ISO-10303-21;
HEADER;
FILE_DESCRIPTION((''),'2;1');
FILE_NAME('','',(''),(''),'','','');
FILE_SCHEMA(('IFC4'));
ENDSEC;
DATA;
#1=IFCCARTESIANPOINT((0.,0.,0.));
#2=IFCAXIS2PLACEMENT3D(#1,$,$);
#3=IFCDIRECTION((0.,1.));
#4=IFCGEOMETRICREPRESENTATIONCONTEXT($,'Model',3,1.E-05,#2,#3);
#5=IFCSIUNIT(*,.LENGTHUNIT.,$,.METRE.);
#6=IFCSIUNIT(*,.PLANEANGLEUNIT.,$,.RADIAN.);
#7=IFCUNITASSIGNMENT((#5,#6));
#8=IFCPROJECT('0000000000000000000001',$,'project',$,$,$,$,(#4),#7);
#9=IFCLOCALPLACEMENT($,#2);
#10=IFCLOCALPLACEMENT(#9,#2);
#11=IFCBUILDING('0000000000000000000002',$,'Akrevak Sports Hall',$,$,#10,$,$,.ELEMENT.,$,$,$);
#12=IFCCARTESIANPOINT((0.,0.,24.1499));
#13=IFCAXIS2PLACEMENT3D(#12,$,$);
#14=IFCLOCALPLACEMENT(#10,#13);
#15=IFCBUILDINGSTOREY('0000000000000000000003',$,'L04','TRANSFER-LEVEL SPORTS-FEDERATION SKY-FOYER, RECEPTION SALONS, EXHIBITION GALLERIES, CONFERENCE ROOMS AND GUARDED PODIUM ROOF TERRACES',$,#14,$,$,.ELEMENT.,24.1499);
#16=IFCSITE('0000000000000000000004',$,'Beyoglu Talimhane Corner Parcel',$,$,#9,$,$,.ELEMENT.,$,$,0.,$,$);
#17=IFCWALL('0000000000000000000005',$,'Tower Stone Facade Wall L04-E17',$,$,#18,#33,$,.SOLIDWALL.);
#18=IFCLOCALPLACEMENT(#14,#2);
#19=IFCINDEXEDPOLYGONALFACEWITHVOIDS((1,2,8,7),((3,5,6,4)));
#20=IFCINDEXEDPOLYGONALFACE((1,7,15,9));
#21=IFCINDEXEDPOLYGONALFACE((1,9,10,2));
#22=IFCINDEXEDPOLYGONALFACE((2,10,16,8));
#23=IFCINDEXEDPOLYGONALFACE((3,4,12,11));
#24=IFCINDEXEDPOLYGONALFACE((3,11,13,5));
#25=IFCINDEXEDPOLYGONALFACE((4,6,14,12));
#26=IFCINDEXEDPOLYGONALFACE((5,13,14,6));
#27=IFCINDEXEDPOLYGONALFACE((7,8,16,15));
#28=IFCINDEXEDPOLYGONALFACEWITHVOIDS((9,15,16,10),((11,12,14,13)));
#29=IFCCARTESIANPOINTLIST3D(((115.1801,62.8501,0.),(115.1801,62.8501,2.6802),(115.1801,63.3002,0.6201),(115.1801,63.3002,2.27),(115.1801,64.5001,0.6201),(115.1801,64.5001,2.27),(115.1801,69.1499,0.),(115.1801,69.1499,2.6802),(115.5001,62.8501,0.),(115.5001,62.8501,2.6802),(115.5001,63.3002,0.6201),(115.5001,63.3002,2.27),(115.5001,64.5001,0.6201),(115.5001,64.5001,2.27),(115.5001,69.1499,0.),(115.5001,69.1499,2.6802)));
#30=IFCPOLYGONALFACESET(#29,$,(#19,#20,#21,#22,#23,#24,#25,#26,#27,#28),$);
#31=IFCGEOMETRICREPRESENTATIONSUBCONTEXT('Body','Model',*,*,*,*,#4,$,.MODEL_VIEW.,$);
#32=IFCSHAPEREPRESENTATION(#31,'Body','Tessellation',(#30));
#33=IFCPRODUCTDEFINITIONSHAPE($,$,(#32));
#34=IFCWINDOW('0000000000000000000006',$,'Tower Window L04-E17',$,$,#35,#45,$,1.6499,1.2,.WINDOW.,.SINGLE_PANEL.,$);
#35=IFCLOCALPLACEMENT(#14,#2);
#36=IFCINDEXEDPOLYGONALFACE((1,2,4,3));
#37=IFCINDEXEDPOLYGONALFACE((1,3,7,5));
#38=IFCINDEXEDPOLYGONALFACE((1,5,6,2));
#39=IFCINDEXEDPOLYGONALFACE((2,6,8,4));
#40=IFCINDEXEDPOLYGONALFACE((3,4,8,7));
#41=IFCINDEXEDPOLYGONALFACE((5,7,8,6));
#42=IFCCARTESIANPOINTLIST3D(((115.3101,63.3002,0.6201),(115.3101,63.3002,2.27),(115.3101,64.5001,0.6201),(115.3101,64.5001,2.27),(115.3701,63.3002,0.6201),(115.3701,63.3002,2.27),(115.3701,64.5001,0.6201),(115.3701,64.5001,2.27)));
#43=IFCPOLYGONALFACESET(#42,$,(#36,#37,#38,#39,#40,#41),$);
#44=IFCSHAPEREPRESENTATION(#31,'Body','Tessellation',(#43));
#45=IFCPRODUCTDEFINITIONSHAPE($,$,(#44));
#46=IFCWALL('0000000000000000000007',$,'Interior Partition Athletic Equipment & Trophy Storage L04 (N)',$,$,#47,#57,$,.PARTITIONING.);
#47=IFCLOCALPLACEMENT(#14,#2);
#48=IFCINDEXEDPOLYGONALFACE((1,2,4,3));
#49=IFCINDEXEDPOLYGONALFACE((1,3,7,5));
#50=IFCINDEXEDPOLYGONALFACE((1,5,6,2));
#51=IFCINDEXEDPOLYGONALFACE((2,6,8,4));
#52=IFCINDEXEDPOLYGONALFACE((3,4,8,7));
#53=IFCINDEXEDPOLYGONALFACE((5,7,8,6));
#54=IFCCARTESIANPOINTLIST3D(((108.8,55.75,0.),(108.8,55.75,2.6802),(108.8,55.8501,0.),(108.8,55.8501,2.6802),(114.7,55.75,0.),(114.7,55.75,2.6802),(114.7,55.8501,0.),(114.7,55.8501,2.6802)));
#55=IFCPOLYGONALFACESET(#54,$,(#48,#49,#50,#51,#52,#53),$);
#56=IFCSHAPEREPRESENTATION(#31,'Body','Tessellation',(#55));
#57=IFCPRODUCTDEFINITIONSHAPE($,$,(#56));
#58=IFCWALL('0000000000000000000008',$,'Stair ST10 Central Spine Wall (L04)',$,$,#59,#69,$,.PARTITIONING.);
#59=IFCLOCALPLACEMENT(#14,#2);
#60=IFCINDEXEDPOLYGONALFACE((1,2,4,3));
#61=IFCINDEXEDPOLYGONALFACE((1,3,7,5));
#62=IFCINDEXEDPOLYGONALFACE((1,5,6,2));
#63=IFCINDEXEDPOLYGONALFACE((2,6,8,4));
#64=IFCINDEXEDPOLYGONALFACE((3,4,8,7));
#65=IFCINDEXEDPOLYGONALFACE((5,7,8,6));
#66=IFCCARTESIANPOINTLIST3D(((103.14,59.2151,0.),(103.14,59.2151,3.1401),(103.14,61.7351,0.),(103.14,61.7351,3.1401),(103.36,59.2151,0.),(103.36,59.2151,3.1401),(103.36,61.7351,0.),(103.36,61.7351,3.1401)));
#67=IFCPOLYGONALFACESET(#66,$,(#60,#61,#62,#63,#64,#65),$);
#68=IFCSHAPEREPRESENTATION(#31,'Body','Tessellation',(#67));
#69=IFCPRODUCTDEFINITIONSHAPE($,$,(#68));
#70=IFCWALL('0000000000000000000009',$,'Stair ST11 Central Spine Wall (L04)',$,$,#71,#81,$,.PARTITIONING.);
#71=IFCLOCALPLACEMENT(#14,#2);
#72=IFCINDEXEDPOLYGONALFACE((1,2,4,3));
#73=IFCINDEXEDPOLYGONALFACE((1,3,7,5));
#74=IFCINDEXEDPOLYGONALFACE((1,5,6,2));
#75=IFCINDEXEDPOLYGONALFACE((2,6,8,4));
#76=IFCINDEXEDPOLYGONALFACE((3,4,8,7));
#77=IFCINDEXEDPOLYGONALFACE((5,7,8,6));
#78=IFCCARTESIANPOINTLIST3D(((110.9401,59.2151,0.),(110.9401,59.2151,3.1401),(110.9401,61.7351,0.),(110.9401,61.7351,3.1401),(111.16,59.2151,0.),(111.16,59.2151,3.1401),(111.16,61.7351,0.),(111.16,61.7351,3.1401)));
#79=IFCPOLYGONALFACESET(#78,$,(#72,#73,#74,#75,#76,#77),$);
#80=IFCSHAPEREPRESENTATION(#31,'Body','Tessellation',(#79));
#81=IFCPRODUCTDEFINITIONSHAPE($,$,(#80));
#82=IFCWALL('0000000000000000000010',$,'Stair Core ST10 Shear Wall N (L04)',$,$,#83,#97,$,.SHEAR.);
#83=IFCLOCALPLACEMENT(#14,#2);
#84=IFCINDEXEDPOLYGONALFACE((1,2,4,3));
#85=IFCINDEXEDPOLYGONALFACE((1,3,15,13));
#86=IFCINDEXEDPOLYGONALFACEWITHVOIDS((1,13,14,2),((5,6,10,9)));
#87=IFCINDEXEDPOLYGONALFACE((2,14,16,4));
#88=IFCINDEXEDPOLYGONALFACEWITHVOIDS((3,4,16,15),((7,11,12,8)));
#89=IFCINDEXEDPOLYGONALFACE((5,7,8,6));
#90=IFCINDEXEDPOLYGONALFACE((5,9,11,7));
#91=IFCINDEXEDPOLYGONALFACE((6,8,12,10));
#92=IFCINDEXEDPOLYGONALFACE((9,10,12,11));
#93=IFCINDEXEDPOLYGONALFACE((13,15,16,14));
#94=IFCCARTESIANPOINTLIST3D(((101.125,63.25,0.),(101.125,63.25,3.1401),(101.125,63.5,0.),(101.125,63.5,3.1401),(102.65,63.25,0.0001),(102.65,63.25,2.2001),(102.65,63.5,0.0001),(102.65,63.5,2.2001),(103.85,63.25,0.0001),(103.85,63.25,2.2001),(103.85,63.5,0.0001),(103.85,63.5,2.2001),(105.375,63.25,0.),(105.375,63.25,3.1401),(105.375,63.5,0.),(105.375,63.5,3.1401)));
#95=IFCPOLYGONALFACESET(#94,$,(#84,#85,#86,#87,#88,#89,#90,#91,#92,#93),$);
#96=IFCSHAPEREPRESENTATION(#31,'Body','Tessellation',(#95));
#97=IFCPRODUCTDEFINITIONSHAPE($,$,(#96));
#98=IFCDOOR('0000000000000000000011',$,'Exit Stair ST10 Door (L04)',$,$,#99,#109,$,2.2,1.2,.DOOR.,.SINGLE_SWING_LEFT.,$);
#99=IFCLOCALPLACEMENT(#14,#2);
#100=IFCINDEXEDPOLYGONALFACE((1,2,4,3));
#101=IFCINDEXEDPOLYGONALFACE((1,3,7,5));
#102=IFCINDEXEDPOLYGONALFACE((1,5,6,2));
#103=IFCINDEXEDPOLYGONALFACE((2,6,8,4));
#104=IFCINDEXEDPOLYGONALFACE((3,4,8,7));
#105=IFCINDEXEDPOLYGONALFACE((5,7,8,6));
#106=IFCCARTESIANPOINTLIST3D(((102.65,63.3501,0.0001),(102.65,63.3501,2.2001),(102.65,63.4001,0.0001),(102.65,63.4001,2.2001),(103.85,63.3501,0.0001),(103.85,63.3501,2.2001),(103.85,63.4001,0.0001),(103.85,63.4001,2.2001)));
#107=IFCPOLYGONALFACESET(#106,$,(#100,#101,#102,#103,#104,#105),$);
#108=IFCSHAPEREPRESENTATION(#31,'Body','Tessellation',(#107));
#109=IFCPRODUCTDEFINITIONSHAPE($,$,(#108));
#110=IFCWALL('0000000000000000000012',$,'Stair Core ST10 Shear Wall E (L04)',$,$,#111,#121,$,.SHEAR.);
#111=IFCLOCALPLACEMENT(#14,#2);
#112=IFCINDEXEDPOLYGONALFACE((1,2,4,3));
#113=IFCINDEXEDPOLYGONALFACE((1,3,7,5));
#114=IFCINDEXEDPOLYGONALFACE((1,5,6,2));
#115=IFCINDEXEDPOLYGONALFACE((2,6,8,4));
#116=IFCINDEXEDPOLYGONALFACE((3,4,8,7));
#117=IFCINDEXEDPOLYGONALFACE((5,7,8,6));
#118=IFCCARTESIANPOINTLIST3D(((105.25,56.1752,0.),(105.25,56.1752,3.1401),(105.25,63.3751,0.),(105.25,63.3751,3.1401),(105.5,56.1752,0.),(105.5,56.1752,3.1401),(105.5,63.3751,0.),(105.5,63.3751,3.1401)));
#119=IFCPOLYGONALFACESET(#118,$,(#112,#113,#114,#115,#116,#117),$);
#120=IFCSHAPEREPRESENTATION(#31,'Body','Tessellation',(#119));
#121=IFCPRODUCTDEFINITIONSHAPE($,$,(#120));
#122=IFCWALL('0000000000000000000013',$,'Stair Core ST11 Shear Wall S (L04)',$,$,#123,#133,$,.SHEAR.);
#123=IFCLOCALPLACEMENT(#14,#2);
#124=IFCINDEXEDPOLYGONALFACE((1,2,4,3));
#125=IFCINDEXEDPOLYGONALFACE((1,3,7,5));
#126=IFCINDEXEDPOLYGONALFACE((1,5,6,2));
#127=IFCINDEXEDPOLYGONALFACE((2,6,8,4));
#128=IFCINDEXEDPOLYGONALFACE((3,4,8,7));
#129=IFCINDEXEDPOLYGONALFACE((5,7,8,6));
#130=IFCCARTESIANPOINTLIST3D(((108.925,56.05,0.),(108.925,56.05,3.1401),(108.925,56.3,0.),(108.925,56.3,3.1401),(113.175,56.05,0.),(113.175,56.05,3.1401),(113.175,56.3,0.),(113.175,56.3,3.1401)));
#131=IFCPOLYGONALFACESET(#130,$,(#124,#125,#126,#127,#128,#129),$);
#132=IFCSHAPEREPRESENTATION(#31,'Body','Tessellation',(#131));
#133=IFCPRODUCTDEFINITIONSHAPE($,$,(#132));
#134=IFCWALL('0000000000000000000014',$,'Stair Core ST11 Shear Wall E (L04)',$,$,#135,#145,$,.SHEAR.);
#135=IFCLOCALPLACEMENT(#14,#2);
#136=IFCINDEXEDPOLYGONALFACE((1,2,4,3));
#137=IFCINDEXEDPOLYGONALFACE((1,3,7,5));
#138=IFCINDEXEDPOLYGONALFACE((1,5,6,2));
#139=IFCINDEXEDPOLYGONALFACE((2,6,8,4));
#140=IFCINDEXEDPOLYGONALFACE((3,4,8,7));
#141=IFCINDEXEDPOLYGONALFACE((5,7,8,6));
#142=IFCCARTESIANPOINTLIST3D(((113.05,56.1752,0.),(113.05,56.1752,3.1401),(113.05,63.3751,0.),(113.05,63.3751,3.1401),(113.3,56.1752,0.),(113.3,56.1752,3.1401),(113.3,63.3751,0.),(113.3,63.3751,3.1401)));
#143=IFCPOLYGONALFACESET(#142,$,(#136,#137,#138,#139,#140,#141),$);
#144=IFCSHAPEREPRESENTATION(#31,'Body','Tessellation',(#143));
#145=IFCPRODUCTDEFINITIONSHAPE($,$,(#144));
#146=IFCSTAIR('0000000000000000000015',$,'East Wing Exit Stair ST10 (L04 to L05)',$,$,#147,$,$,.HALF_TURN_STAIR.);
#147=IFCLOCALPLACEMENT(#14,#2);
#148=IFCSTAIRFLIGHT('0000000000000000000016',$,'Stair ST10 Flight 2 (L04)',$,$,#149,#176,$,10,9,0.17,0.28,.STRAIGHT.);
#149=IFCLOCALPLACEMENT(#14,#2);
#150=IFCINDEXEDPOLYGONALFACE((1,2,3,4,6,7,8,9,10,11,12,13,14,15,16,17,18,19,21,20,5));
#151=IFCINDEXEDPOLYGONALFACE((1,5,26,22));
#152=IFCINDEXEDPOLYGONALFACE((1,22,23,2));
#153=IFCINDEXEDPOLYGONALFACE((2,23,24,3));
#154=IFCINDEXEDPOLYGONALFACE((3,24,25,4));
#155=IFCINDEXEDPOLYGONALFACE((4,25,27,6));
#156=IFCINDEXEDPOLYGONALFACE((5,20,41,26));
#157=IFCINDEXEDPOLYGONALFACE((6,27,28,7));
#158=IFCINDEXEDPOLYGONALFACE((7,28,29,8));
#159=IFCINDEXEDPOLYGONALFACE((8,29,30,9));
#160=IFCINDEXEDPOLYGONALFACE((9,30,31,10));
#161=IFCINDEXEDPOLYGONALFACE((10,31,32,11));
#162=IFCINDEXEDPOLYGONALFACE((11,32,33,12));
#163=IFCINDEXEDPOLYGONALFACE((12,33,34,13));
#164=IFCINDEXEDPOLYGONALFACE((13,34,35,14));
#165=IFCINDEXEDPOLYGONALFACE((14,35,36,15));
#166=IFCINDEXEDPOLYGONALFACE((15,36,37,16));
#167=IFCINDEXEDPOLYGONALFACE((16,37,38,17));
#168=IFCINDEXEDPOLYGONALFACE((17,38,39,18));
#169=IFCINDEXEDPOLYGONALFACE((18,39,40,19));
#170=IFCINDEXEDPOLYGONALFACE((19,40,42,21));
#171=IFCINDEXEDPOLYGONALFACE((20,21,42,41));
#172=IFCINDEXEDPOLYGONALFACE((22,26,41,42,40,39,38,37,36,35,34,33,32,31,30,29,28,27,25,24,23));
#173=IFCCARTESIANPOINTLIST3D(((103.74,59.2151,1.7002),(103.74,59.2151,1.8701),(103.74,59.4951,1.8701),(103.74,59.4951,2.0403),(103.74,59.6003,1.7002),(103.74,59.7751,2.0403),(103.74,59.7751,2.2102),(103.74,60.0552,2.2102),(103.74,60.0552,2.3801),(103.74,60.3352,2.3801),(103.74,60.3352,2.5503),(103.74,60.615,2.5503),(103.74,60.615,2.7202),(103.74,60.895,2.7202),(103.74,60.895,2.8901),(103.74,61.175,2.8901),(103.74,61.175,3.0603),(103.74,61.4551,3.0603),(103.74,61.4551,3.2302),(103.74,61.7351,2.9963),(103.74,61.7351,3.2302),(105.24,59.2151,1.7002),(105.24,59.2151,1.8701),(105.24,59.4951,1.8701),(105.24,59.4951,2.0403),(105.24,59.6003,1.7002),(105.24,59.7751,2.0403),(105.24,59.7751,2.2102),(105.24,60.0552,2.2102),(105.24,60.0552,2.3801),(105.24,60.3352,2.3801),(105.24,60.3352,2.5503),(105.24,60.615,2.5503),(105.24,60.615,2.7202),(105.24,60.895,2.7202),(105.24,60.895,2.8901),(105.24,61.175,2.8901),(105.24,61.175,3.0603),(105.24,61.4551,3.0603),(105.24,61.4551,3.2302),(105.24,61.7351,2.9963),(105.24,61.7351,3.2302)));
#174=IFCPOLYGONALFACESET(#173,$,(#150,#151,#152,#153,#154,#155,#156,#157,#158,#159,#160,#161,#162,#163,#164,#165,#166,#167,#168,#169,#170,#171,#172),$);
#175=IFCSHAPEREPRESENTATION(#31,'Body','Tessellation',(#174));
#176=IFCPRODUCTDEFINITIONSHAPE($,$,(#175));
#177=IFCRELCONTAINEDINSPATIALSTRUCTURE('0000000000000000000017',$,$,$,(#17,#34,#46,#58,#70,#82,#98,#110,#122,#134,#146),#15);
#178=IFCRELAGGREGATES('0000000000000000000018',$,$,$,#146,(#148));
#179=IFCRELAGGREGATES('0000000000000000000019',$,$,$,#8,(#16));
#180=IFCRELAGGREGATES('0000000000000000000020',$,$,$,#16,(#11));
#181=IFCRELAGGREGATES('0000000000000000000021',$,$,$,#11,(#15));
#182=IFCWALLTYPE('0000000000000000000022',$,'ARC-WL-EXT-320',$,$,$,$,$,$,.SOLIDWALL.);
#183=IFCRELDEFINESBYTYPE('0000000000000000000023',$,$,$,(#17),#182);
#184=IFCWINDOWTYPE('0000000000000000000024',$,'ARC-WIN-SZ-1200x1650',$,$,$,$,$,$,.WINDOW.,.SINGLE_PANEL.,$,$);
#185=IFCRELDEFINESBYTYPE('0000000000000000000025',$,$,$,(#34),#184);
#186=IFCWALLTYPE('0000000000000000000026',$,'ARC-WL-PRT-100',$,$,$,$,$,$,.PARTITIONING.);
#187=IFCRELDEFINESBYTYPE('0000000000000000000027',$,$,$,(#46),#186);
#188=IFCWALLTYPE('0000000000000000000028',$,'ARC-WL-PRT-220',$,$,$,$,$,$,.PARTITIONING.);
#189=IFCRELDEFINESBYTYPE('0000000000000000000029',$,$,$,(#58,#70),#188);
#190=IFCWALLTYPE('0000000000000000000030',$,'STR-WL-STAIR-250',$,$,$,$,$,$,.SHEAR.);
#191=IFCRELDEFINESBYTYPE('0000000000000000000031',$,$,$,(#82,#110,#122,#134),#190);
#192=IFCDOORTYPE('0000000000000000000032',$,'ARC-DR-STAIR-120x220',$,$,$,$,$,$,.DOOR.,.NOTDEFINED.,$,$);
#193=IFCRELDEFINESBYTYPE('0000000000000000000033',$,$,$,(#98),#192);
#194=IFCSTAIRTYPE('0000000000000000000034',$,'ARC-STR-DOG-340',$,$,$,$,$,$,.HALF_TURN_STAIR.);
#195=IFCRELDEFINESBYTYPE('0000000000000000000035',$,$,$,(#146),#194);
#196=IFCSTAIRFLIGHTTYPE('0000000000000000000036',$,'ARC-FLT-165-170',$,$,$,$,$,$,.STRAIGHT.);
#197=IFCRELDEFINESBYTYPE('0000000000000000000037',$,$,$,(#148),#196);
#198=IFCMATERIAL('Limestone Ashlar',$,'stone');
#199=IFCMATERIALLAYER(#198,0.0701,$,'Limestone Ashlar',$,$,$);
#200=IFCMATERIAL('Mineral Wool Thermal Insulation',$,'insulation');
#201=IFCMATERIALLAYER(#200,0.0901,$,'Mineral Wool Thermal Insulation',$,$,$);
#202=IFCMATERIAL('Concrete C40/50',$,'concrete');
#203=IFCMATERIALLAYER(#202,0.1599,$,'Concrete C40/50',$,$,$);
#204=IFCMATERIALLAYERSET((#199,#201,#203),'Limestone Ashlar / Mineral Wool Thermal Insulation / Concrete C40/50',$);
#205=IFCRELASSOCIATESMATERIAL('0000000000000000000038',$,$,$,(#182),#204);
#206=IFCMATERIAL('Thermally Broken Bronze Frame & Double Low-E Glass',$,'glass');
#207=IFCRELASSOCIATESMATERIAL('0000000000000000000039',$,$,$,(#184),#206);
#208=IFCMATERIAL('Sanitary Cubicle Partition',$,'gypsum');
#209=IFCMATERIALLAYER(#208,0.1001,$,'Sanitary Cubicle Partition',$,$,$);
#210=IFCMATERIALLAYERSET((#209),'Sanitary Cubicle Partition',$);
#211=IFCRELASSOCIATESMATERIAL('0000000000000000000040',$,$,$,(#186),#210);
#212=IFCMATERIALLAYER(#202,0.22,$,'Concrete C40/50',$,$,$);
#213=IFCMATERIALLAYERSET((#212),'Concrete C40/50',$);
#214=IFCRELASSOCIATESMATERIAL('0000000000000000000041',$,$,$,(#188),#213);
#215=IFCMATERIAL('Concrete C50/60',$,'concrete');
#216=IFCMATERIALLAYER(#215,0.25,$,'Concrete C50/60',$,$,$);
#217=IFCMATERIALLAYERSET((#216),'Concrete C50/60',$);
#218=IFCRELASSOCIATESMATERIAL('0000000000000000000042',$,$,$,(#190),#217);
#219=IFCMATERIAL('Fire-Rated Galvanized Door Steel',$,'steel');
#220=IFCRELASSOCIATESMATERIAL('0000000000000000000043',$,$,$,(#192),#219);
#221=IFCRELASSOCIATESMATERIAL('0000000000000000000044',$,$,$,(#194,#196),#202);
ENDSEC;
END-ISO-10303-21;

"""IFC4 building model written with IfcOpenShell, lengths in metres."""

from ifc_helpers import new_model, si_unit, direction, frame, frame_2d, origin, place, context, subcontext, project, spatial, polyline, rectangle, outline, extrude, material, layer, layer_set, type_object, element, fill, aggregate, save


model = new_model("IFC4")

# Units and contexts
model_context = context("Model", 3, precision=1e-05, world=origin(), true_north=direction((0.0, 1.0)))
body_context = subcontext(model_context, "Body", "Model", "MODEL_VIEW")
ifc_project = project(units=[si_unit("LENGTHUNIT", "METRE"), si_unit("PLANEANGLEUNIT", "RADIAN")], contexts=[model_context])

# Site, building, storey
site_placement = place(None, origin())
site = spatial("IfcSite", under=ifc_project, at=site_placement, Name="Beyoglu Talimhane Corner Parcel", CompositionType="ELEMENT", RefElevation=0.0)
building_placement = place(site_placement, origin())
building = spatial("IfcBuilding", under=site, at=building_placement, Name="Akrevak Sports Hall", CompositionType="ELEMENT")
storey_placement = place(building_placement, frame((0.0, 0.0, 24.1499)))
storey = spatial("IfcBuildingStorey", under=building, at=storey_placement, Name="L04", Description="TRANSFER-LEVEL SPORTS-FEDERATION SKY-FOYER, RECEPTION SALONS, EXHIBITION GALLERIES, CONFERENCE ROOMS AND GUARDED PODIUM ROOF TERRACES", CompositionType="ELEMENT", Elevation=24.1499)

# Shared definitions
ifc_material_1 = material(Name="Concrete C50/60", Category="concrete")
ifc_material_2 = material(Name="Concrete C40/50", Category="concrete")

# Wall, opening, window
ifc_material_3 = material(Name="Limestone Ashlar", Category="stone")
ifc_layer_1 = layer(ifc_material_3, 0.0701, Name="Limestone Ashlar")
ifc_material_4 = material(Name="Mineral Wool Thermal Insulation", Category="insulation")
ifc_layer_2 = layer(ifc_material_4, 0.0901, Name="Mineral Wool Thermal Insulation")
ifc_layer_3 = layer(ifc_material_2, 0.1599, Name="Concrete C40/50")
ifc_layer_set_1 = layer_set([ifc_layer_1, ifc_layer_2, ifc_layer_3], Name="Limestone Ashlar / Mineral Wool Thermal Insulation / Concrete C40/50")
wall_type_1 = type_object("IfcWallType", Name="ARC-WL-EXT-320", PredefinedType="SOLIDWALL", material=ifc_layer_set_1)
ifc_material_5 = material(Name="Thermally Broken Bronze Frame & Double Low-E Glass", Category="glass")
wall_1_placement = place(storey_placement, frame((115.3401, 62.8501, 0.0), z_axis=(0.0, 0.0, 1.0), x_axis=(0.0, 1.0, 0.0)))
wall_1 = element("IfcWall", 1, at=wall_1_placement, inside=storey, type_object=wall_type_1, Name="Tower Stone Facade Wall L04-E17", PredefinedType="SOLIDWALL", context=body_context, shape_type="SweptSolid", body=[
    extrude(rectangle(XDim=6.2998, YDim=0.3201, at=frame_2d((3.1499, 0.0))), origin(), (0.0, 0.0, 1.0), 2.6802),
])
opening_1_placement = place(wall_1_placement, frame((0.45, 0.0, 0.6201)))
opening_1 = element("IfcOpeningElement", 2, at=opening_1_placement, cuts=wall_1, PredefinedType="OPENING", context=body_context, shape_type="SweptSolid", body=[
    extrude(rectangle(XDim=1.2, YDim=1.6499, at=frame_2d((0.6001, 0.825))), frame((0.0, 0.1719, 0.0), z_axis=(0.0, -1.0, 0.0), x_axis=(1.0, 0.0, 0.0)), (0.0, 0.0, 1.0), 0.344),
])
window_type_1 = type_object("IfcWindowType", Name="ARC-WIN-SZ-1200x1650", PartitioningType="SINGLE_PANEL", PredefinedType="WINDOW", material=ifc_material_5)
window_1_placement = place(opening_1_placement, origin())
window_1 = element("IfcWindow", 3, at=window_1_placement, inside=storey, type_object=window_type_1, Name="Tower Window L04-E17", OverallHeight=1.6499, OverallWidth=1.2, PartitioningType="SINGLE_PANEL", PredefinedType="WINDOW", context=body_context, shape_type="SweptSolid", body=[
    extrude(rectangle(XDim=1.2, YDim=1.6499, at=frame_2d((0.6001, 0.825))), frame((0.0, 0.03, 0.0), z_axis=(0.0, -1.0, 0.0), x_axis=(1.0, 0.0, 0.0)), (0.0, 0.0, 1.0), 0.0601),
])
fill(opening_1, window_1)

# Walls
ifc_material_6 = material(Name="Sanitary Cubicle Partition", Category="gypsum")
ifc_layer_4 = layer(ifc_material_6, 0.1001, Name="Sanitary Cubicle Partition")
ifc_layer_set_2 = layer_set([ifc_layer_4], Name="Sanitary Cubicle Partition")
wall_type_2 = type_object("IfcWallType", Name="ARC-WL-PRT-100", PredefinedType="PARTITIONING", material=ifc_layer_set_2)
wall_2_placement = place(storey_placement, frame((108.8, 55.8, 0.0), z_axis=(0.0, 0.0, 1.0), x_axis=(1.0, 0.0, 0.0)))
element("IfcWall", 4, at=wall_2_placement, inside=storey, type_object=wall_type_2, Name="Interior Partition Athletic Equipment & Trophy Storage L04 (N)", PredefinedType="PARTITIONING", context=body_context, shape_type="SweptSolid", body=[
    extrude(rectangle(XDim=5.8999, YDim=0.1001, at=frame_2d((2.95, 0.0))), origin(), (0.0, 0.0, 1.0), 2.6802),
])
ifc_layer_5 = layer(ifc_material_2, 0.22, Name="Concrete C40/50")
ifc_layer_set_3 = layer_set([ifc_layer_5], Name="Concrete C40/50")
wall_type_3 = type_object("IfcWallType", Name="ARC-WL-PRT-220", PredefinedType="PARTITIONING", material=ifc_layer_set_3)
for number, where, z_axis, x_axis, name in (
    (5, (103.25, 59.2151, 0.0), (0.0, 0.0, 1.0), (0.0, 1.0, 0.0), "Stair ST10 Central Spine Wall (L04)"),
    (6, (111.05, 59.2151, 0.0), (0.0, 0.0, 1.0), (0.0, 1.0, 0.0), "Stair ST11 Central Spine Wall (L04)"),
):
    element("IfcWall", number, at=place(storey_placement, frame(where, z_axis=z_axis, x_axis=x_axis)), inside=storey, type_object=wall_type_3, Name=name, PredefinedType="PARTITIONING", context=body_context, shape_type="SweptSolid", body=[
        extrude(rectangle(XDim=2.52, YDim=0.22, at=frame_2d((1.26, 0.0))), origin(), (0.0, 0.0, 1.0), 3.1401),
    ])

# Wall, opening, door
ifc_layer_6 = layer(ifc_material_1, 0.25, Name="Concrete C50/60")
ifc_layer_set_4 = layer_set([ifc_layer_6], Name="Concrete C50/60")
wall_type_4 = type_object("IfcWallType", Name="STR-WL-STAIR-250", PredefinedType="SHEAR", material=ifc_layer_set_4)
wall_3_placement = place(storey_placement, frame((105.375, 63.375, 0.0), z_axis=(0.0, 0.0, 1.0), x_axis=(-1.0, 0.0, 0.0)))
wall_3 = element("IfcWall", 7, at=wall_3_placement, inside=storey, type_object=wall_type_4, Name="Stair Core ST10 Shear Wall N (L04)", PredefinedType="SHEAR", context=body_context, shape_type="SweptSolid", body=[
    extrude(rectangle(XDim=4.25, YDim=0.25, at=frame_2d((2.125, 0.0))), origin(), (0.0, 0.0, 1.0), 3.1401),
])
opening_2_placement = place(wall_3_placement, frame((1.5249, 0.0, 0.0)))
opening_2 = element("IfcOpeningElement", 8, at=opening_2_placement, cuts=wall_3, PredefinedType="OPENING", context=body_context, shape_type="SweptSolid", body=[
    extrude(rectangle(XDim=1.2, YDim=2.2, at=frame_2d((0.6001, 1.1001))), frame((0.0, 0.137, 0.0), z_axis=(0.0, -1.0, 0.0), x_axis=(1.0, 0.0, 0.0)), (0.0, 0.0, 1.0), 0.2739),
])
ifc_material_7 = material(Name="Fire-Rated Galvanized Door Steel", Category="steel")
door_type = type_object("IfcDoorType", Name="ARC-DR-STAIR-120x220", OperationType="NOTDEFINED", PredefinedType="DOOR", material=ifc_material_7)
door_placement = place(opening_2_placement, origin())
door = element("IfcDoor", 9, at=door_placement, inside=storey, type_object=door_type, Name="Exit Stair ST10 Door (L04)", OperationType="SINGLE_SWING_LEFT", OverallHeight=2.2, OverallWidth=1.2, PredefinedType="DOOR", context=body_context, shape_type="SweptSolid", body=[
    extrude(rectangle(XDim=1.2, YDim=2.2, at=frame_2d((0.6001, 1.1001))), frame((0.0, 0.0249, 0.0), z_axis=(0.0, -1.0, 0.0), x_axis=(1.0, 0.0, 0.0)), (0.0, 0.0, 1.0), 0.05),
])
fill(opening_2, door)

# Walls
wall_4_placement = place(storey_placement, frame((105.375, 56.175, 0.0), z_axis=(0.0, 0.0, 1.0), x_axis=(0.0, 1.0, 0.0)))
element("IfcWall", 10, at=wall_4_placement, inside=storey, type_object=wall_type_4, Name="Stair Core ST10 Shear Wall E (L04)", PredefinedType="SHEAR", context=body_context, shape_type="SweptSolid", body=[
    extrude(rectangle(XDim=7.2, YDim=0.25, at=frame_2d((3.6001, 0.0))), origin(), (0.0, 0.0, 1.0), 3.1401),
])
wall_5_placement = place(storey_placement, frame((108.925, 56.175, 0.0), z_axis=(0.0, 0.0, 1.0), x_axis=(1.0, 0.0, 0.0)))
element("IfcWall", 11, at=wall_5_placement, inside=storey, type_object=wall_type_4, Name="Stair Core ST11 Shear Wall S (L04)", PredefinedType="SHEAR", context=body_context, shape_type="SweptSolid", body=[
    extrude(rectangle(XDim=4.25, YDim=0.25, at=frame_2d((2.125, 0.0))), origin(), (0.0, 0.0, 1.0), 3.1401),
])
wall_6_placement = place(storey_placement, frame((113.175, 56.175, 0.0), z_axis=(0.0, 0.0, 1.0), x_axis=(0.0, 1.0, 0.0)))
element("IfcWall", 12, at=wall_6_placement, inside=storey, type_object=wall_type_4, Name="Stair Core ST11 Shear Wall E (L04)", PredefinedType="SHEAR", context=body_context, shape_type="SweptSolid", body=[
    extrude(rectangle(XDim=7.2, YDim=0.25, at=frame_2d((3.6001, 0.0))), origin(), (0.0, 0.0, 1.0), 3.1401),
])

# Stair, stair flight
stair_type = type_object("IfcStairType", Name="ARC-STR-DOG-340", PredefinedType="HALF_TURN_STAIR", material=ifc_material_2)
stair_1_placement = place(storey_placement, origin())
stair_1 = element("IfcStair", 13, at=stair_1_placement, inside=storey, type_object=stair_type, Name="East Wing Exit Stair ST10 (L04 to L05)", PredefinedType="HALF_TURN_STAIR")
stair_flight_type = type_object("IfcStairFlightType", Name="ARC-FLT-165-170", PredefinedType="STRAIGHT", material=ifc_material_2)
stair_flight_1_placement = place(storey_placement, frame((104.49, 59.2151, 1.7002), z_axis=(0.0, 0.0, 1.0), x_axis=(0.0, 1.0, 0.0)))
stair_flight_1 = element("IfcStairFlight", 14, at=stair_flight_1_placement, type_object=stair_flight_type, Name="Stair ST10 Flight 2 (L04)", NumberOfRisers=10, NumberOfTreads=9, PredefinedType="STRAIGHT", RiserHeight=0.17, TreadLength=0.28, context=body_context, shape_type="SweptSolid", body=[
    extrude(outline(polyline([(0.0, 0.0), (0.0, 0.1699), (0.28, 0.1699), (0.28, 0.3401), (0.5601, 0.3401), (0.5601, 0.51), (0.8401, 0.51), (0.8401, 0.6799), (1.1201, 0.6799), (1.1201, 0.8501), (1.3999, 0.8501), (1.3999, 1.02), (1.6799, 1.02), (1.6799, 1.1899), (1.96, 1.1899), (1.96, 1.3601), (2.24, 1.3601), (2.24, 1.53), (2.52, 1.53), (2.52, 1.7), (2.52, 1.2961), (0.3853, 0.0), (0.0, 0.0)])), frame((0.0, 0.75, 0.0), z_axis=(0.0, -1.0, 0.0), x_axis=(1.0, 0.0, 0.0)), (0.0, 0.0, 1.0), 1.5),
])
aggregate(stair_1, [stair_flight_1])

save(model, "model.ifc")
